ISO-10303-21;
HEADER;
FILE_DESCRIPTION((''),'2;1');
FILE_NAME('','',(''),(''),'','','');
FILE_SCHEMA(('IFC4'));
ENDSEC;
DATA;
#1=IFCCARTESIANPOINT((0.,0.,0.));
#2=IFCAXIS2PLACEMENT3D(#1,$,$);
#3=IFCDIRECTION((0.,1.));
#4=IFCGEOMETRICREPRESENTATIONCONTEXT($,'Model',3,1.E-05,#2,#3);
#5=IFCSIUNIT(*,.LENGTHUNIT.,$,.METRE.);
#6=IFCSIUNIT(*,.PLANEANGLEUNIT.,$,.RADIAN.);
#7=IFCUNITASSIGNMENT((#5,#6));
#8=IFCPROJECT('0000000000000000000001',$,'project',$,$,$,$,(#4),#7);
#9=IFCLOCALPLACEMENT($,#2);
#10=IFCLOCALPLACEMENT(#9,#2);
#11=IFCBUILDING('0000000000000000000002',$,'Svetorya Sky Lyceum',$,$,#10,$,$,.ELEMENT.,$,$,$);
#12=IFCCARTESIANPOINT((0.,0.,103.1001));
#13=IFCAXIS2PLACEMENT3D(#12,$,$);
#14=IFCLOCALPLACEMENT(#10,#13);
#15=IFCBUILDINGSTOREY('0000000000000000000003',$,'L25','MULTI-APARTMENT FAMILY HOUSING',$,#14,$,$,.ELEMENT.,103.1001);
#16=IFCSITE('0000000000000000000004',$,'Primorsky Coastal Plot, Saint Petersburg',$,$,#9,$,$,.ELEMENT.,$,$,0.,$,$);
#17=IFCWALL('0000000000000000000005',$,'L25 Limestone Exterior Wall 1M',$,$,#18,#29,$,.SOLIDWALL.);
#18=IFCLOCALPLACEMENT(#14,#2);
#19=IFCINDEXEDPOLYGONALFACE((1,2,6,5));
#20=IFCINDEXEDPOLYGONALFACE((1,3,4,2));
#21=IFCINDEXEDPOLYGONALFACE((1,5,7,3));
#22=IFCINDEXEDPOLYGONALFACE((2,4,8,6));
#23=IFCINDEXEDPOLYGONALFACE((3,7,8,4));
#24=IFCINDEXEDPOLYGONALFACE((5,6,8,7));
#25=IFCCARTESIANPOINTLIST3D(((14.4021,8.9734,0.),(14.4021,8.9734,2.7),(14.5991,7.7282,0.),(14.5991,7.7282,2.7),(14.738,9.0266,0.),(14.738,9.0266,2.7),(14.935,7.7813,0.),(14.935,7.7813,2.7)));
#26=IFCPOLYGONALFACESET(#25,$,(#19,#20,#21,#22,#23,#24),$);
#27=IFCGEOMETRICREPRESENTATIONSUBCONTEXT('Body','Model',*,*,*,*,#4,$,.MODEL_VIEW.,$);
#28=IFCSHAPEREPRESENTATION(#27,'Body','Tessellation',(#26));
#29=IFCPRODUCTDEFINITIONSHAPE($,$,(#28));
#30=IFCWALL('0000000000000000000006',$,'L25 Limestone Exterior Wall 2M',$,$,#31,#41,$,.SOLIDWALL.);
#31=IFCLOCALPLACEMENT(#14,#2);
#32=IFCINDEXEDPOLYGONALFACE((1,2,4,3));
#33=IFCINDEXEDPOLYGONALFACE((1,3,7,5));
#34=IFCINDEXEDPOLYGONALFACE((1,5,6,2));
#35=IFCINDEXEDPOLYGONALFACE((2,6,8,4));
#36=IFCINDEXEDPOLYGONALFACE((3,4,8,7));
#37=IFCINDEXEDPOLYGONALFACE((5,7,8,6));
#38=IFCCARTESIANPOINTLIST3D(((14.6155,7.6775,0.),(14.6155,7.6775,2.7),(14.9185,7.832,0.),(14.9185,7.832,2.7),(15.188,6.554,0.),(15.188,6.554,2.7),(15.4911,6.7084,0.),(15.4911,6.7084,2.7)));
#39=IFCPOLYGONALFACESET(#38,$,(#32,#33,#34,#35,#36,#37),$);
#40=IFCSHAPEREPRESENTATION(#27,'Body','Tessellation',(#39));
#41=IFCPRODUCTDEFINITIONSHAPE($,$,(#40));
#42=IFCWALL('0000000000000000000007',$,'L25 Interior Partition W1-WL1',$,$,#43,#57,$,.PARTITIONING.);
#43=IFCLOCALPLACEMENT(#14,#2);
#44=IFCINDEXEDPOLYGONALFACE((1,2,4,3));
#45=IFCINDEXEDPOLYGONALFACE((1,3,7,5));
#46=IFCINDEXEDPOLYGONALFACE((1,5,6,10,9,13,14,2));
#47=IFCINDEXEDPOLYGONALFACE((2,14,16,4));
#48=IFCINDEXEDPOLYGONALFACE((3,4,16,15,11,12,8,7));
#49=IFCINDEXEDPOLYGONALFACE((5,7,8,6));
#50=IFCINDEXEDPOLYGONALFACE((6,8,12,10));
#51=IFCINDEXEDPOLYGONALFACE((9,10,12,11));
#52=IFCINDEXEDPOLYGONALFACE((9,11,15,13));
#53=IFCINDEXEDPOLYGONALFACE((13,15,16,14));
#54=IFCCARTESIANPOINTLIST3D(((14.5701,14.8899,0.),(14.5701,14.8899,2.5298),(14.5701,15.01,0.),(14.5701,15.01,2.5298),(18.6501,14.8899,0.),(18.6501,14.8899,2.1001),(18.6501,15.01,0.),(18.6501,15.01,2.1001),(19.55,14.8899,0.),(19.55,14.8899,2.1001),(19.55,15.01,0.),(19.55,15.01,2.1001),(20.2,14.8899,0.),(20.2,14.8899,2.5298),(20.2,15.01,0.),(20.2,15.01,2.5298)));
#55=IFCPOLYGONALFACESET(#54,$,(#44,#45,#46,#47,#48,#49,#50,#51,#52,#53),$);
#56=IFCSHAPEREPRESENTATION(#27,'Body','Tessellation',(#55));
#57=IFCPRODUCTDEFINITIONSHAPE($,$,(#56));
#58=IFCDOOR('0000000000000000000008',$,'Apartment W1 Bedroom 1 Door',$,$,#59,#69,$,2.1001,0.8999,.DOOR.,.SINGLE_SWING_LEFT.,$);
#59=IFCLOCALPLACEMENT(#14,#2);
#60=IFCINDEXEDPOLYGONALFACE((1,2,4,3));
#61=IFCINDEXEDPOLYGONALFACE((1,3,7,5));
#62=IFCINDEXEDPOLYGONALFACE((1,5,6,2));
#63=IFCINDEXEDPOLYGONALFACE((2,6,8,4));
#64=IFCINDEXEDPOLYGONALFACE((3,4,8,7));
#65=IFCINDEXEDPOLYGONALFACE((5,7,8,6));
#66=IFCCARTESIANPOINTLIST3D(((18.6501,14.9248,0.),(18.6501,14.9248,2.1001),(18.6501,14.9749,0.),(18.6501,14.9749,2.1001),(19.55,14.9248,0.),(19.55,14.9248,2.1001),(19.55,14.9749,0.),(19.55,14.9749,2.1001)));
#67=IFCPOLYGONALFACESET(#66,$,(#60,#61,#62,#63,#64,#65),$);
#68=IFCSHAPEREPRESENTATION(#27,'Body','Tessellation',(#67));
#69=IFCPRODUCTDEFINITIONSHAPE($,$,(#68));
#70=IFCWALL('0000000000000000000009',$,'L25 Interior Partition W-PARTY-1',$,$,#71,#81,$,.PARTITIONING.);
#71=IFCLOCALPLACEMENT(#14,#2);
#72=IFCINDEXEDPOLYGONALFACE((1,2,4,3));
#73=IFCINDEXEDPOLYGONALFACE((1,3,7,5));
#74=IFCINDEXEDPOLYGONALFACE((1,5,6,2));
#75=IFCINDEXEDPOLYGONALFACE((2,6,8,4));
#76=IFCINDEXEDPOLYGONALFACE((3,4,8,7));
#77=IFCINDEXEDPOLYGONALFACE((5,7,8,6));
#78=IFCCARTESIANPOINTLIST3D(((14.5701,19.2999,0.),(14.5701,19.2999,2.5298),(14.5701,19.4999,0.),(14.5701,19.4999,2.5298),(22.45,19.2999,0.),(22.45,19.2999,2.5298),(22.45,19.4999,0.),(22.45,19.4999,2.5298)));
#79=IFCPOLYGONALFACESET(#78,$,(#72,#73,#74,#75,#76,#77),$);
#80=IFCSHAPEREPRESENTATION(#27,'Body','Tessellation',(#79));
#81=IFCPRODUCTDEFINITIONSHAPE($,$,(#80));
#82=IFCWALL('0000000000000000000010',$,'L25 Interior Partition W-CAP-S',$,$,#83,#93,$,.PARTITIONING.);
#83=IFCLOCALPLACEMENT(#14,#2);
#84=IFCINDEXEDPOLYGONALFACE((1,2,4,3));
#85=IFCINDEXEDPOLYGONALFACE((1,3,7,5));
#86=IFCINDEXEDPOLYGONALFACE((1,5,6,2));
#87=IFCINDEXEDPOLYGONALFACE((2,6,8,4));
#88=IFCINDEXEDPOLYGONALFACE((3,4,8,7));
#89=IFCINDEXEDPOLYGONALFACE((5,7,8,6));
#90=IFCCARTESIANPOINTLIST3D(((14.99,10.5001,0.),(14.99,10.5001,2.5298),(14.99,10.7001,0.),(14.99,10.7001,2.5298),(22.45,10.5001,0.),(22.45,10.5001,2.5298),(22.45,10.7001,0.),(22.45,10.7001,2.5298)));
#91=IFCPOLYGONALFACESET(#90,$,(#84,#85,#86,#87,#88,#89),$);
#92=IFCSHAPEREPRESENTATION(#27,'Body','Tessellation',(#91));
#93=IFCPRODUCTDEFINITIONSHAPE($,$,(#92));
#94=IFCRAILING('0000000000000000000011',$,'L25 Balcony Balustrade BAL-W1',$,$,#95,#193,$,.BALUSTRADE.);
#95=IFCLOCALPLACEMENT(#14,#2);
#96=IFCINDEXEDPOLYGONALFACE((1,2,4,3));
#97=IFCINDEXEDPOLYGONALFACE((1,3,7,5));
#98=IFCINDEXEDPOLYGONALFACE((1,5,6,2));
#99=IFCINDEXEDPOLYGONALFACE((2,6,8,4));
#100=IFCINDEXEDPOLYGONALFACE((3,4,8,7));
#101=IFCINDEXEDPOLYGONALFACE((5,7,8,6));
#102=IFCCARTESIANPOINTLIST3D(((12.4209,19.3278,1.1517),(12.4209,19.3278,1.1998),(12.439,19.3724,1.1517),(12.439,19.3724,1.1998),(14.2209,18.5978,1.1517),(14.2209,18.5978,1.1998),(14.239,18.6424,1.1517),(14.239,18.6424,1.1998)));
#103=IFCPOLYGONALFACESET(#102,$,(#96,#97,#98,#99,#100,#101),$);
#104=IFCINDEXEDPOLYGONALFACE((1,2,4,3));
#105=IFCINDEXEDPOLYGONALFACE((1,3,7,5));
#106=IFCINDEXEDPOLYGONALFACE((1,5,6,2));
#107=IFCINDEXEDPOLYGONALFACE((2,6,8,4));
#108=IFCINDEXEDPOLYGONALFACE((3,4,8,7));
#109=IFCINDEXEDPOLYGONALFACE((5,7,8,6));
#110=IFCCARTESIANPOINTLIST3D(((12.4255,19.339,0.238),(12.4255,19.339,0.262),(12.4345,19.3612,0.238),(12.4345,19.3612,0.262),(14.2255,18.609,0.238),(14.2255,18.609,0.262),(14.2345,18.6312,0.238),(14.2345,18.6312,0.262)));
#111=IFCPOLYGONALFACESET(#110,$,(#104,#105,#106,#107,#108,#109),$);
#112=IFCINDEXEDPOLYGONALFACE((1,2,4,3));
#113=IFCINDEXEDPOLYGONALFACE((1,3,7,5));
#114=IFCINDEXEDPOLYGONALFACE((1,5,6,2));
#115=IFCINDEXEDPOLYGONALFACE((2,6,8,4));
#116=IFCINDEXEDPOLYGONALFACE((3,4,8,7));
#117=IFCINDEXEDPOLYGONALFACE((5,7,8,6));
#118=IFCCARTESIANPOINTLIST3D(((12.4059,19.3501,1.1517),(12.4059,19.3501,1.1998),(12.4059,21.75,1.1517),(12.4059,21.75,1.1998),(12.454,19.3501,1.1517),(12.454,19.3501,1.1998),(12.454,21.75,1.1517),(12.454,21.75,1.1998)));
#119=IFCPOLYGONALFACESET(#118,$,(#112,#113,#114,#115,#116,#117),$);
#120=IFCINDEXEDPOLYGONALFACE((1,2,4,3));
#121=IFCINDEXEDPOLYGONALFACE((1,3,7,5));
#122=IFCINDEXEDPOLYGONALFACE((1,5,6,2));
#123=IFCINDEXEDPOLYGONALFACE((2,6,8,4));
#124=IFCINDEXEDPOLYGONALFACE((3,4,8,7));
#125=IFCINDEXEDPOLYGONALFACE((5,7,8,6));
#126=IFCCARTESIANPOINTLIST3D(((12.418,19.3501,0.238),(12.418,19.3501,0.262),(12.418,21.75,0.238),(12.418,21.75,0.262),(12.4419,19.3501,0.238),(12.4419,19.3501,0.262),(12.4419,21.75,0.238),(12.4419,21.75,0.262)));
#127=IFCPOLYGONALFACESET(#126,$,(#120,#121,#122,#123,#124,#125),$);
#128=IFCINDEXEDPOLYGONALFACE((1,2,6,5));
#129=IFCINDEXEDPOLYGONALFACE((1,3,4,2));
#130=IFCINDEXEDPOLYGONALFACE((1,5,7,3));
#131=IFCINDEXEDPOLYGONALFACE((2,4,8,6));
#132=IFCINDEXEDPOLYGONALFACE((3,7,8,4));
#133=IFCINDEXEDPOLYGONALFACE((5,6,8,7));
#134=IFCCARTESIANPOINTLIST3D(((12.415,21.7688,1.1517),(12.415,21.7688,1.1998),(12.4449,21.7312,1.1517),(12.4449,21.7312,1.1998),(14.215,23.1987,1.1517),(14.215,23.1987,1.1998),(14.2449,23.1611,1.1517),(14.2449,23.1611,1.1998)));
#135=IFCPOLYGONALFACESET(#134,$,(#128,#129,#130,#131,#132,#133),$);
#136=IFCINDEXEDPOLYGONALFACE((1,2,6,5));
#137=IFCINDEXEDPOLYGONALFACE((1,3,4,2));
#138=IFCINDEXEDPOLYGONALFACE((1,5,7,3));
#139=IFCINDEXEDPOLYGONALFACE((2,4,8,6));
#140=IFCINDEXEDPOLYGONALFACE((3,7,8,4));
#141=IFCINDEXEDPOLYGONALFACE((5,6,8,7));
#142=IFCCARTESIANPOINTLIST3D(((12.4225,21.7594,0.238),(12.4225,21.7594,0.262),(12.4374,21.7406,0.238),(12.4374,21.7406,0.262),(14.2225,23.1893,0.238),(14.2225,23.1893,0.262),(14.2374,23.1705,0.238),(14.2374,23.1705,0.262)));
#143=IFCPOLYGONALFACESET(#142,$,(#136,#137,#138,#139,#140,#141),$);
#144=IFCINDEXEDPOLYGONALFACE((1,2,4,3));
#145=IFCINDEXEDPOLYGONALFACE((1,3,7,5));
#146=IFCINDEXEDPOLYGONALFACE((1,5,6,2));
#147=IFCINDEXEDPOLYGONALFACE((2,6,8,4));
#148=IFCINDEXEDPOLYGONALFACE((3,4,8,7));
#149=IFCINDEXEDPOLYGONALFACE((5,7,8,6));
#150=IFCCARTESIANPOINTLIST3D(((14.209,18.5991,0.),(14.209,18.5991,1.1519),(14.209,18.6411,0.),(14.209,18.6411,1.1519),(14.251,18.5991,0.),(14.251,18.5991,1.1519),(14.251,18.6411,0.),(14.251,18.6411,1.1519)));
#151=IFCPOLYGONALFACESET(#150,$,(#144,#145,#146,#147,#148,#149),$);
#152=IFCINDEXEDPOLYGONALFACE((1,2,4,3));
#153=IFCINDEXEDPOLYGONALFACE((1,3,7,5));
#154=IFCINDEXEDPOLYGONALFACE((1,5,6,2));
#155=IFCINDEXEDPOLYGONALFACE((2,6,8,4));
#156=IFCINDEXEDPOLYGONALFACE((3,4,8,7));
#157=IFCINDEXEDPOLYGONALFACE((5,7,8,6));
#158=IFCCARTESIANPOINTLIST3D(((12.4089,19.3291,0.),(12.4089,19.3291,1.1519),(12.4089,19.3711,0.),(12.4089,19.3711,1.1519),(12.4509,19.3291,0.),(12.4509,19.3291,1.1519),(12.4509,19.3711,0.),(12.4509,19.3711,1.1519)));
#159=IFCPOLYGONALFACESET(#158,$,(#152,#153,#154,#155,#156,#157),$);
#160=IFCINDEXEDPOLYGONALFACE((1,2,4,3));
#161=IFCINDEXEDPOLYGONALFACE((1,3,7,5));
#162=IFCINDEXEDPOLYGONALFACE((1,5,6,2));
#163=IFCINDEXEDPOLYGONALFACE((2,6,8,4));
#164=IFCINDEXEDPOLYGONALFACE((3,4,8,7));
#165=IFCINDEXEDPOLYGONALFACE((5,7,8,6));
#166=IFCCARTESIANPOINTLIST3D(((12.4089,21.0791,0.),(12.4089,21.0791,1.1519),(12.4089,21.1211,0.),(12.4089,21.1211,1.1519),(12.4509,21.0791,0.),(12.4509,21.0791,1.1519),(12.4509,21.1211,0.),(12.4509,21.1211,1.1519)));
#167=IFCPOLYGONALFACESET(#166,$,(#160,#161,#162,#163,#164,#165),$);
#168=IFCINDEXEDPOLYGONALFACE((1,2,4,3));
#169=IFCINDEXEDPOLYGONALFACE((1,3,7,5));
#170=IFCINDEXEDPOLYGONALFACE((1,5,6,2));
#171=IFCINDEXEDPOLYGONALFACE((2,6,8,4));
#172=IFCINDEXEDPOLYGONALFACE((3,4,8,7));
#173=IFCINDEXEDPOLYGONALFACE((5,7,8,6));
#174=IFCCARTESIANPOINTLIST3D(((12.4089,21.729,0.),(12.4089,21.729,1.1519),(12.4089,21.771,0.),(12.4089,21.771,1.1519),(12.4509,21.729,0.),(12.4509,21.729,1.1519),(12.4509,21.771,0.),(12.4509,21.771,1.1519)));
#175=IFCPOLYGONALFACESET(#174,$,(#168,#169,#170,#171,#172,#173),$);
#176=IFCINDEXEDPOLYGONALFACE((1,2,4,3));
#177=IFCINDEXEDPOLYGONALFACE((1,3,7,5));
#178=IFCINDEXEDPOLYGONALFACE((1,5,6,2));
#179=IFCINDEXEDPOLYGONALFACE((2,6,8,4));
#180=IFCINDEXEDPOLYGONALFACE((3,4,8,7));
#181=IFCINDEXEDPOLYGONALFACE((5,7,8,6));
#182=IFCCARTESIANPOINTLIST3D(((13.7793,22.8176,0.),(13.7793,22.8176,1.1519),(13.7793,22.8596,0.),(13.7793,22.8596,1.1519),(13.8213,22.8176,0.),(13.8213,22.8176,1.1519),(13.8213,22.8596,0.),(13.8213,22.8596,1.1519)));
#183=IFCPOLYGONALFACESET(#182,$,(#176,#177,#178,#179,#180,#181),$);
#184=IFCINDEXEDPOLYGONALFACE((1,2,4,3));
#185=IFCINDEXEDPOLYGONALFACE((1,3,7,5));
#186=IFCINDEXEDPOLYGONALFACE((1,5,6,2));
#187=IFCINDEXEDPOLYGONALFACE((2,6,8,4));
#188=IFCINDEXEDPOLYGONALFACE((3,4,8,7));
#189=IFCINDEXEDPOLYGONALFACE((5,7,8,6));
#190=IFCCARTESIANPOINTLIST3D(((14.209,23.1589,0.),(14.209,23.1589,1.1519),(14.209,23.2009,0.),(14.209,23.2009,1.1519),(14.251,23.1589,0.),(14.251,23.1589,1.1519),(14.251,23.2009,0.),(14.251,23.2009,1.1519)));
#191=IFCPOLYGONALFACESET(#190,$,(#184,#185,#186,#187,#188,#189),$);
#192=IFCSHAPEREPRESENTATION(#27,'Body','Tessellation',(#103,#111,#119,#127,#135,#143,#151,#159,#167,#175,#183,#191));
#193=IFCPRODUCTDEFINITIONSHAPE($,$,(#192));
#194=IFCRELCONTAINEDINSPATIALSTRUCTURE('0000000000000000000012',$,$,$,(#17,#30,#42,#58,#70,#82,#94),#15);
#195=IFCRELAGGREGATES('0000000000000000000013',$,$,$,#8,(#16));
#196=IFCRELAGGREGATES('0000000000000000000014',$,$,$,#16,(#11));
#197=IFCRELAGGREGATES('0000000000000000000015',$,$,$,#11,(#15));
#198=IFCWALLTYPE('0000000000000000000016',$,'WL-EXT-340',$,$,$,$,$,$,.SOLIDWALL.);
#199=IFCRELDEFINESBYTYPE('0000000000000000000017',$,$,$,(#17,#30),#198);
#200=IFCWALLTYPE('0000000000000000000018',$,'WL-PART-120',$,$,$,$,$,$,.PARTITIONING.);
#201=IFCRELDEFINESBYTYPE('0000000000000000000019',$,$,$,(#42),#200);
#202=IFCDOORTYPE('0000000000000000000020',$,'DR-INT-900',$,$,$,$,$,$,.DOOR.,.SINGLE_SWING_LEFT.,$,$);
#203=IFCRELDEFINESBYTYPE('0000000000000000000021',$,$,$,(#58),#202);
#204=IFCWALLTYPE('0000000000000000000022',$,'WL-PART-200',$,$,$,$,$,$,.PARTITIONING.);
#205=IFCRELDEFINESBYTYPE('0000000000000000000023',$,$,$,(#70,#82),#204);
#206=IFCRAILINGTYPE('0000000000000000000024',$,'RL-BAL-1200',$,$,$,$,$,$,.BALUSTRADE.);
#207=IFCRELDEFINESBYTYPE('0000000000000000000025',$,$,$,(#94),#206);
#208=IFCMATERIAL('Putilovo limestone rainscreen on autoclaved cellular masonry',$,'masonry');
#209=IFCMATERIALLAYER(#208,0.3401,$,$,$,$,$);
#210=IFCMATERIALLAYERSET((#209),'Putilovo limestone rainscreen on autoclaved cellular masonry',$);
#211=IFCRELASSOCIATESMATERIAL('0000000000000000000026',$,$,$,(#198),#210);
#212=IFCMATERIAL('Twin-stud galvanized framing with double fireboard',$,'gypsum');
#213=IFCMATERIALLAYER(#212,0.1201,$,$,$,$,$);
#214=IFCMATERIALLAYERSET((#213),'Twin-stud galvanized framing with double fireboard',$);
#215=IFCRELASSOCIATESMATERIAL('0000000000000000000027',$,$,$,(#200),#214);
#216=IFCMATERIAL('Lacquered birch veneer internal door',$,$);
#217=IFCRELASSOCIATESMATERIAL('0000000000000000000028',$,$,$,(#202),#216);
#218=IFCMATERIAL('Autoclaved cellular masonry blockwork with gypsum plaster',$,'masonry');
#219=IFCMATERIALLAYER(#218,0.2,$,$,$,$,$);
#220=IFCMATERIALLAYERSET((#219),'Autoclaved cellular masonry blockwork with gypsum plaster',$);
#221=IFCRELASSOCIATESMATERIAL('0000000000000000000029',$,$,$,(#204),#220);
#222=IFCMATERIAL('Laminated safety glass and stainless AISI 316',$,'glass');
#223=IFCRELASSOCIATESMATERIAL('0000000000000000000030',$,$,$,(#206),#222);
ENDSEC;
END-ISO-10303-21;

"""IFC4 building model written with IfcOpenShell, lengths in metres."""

from ifc_helpers import new_model, si_unit, direction, frame, frame_2d, origin, origin_2d, place, context, subcontext, project, spatial, rectangle, extrude, material, layer, layer_set, type_object, element, fill, save


model = new_model("IFC4")

# Units and contexts
model_context = context("Model", 3, precision=1e-05, world=origin(), true_north=direction((0.0, 1.0)))
body_context = subcontext(model_context, "Body", "Model", "MODEL_VIEW")
ifc_project = project(units=[si_unit("LENGTHUNIT", "METRE"), si_unit("PLANEANGLEUNIT", "RADIAN")], contexts=[model_context])

# Site, building, storey
site_placement = place(None, origin())
site = spatial("IfcSite", under=ifc_project, at=site_placement, Name="Primorsky Coastal Plot, Saint Petersburg", CompositionType="ELEMENT", RefElevation=0.0)
building_placement = place(site_placement, origin())
building = spatial("IfcBuilding", under=site, at=building_placement, Name="Svetorya Sky Lyceum", CompositionType="ELEMENT")
storey_placement = place(building_placement, frame((0.0, 0.0, 103.1001)))
storey = spatial("IfcBuildingStorey", under=building, at=storey_placement, Name="L25", Description="MULTI-APARTMENT FAMILY HOUSING", CompositionType="ELEMENT", Elevation=103.1001)

# Walls
ifc_material_1 = material(Name="Putilovo limestone rainscreen on autoclaved cellular masonry", Category="masonry")
ifc_layer_1 = layer(ifc_material_1, 0.3401)
ifc_layer_set_1 = layer_set([ifc_layer_1], Name="Putilovo limestone rainscreen on autoclaved cellular masonry")
wall_type_1 = type_object("IfcWallType", Name="WL-EXT-340", PredefinedType="SOLIDWALL", material=ifc_layer_set_1)
wall_1_placement = place(storey_placement, frame((14.5701, 9.0, 0.0), z_axis=(0.0, 0.0, 1.0), x_axis=(0.156261, -0.987716, 0.0)))
element("IfcWall", 1, at=wall_1_placement, inside=storey, type_object=wall_type_1, Name="L25 Limestone Exterior Wall 1M", PredefinedType="SOLIDWALL", context=body_context, shape_type="SweptSolid", body=[
    extrude(rectangle(XDim=1.2607, YDim=0.3401, at=frame_2d((0.6304, 0.0))), origin(), (0.0, 0.0, 1.0), 2.7),
])
wall_2_placement = place(storey_placement, frame((14.7671, 7.7546, 0.0), z_axis=(0.0, 0.0, 1.0), x_axis=(0.454016, -0.890994, 0.0)))
element("IfcWall", 2, at=wall_2_placement, inside=storey, type_object=wall_type_1, Name="L25 Limestone Exterior Wall 2M", PredefinedType="SOLIDWALL", context=body_context, shape_type="SweptSolid", body=[
    extrude(rectangle(XDim=1.261, YDim=0.3401, at=frame_2d((0.6304, 0.0))), origin(), (0.0, 0.0, 1.0), 2.7),
])

# Wall, opening, door
ifc_material_2 = material(Name="Twin-stud galvanized framing with double fireboard", Category="gypsum")
ifc_layer_2 = layer(ifc_material_2, 0.1201)
ifc_layer_set_2 = layer_set([ifc_layer_2], Name="Twin-stud galvanized framing with double fireboard")
wall_type_2 = type_object("IfcWallType", Name="WL-PART-120", PredefinedType="PARTITIONING", material=ifc_layer_set_2)
wall_3_placement = place(storey_placement, frame((14.5701, 14.95, 0.0), z_axis=(0.0, 0.0, 1.0), x_axis=(1.0, 0.0, 0.0)))
wall_3 = element("IfcWall", 3, at=wall_3_placement, inside=storey, type_object=wall_type_2, Name="L25 Interior Partition W1-WL1", PredefinedType="PARTITIONING", context=body_context, shape_type="SweptSolid", body=[
    extrude(rectangle(XDim=5.6299, YDim=0.1201, at=frame_2d((2.8149, 0.0))), origin(), (0.0, 0.0, 1.0), 2.5298),
])
opening_placement = place(wall_3_placement, frame((4.0801, 0.0, 0.0)))
opening = element("IfcOpeningElement", 4, at=opening_placement, cuts=wall_3, PredefinedType="OPENING", context=body_context, shape_type="SweptSolid", body=[
    extrude(rectangle(XDim=0.8999, YDim=2.1001, at=frame_2d((0.45, 1.05))), frame((0.0, 0.0701, 0.0), z_axis=(0.0, -1.0, 0.0), x_axis=(1.0, 0.0, 0.0)), (0.0, 0.0, 1.0), 0.1401),
])
ifc_material_3 = material(Name="Lacquered birch veneer internal door")
door_type = type_object("IfcDoorType", Name="DR-INT-900", OperationType="SINGLE_SWING_LEFT", PredefinedType="DOOR", material=ifc_material_3)
door_placement = place(opening_placement, origin())
door = element("IfcDoor", 5, at=door_placement, inside=storey, type_object=door_type, Name="Apartment W1 Bedroom 1 Door", OperationType="SINGLE_SWING_LEFT", OverallHeight=2.1001, OverallWidth=0.8999, PredefinedType="DOOR", context=body_context, shape_type="SweptSolid", body=[
    extrude(rectangle(XDim=0.8999, YDim=2.1001, at=frame_2d((0.45, 1.05))), frame((0.0, 0.0249, 0.0), z_axis=(0.0, -1.0, 0.0), x_axis=(1.0, 0.0, 0.0)), (0.0, 0.0, 1.0), 0.05),
])
fill(opening, door)

# Walls
ifc_material_4 = material(Name="Autoclaved cellular masonry blockwork with gypsum plaster", Category="masonry")
ifc_layer_3 = layer(ifc_material_4, 0.2)
ifc_layer_set_3 = layer_set([ifc_layer_3], Name="Autoclaved cellular masonry blockwork with gypsum plaster")
wall_type_3 = type_object("IfcWallType", Name="WL-PART-200", PredefinedType="PARTITIONING", material=ifc_layer_set_3)
wall_4_placement = place(storey_placement, frame((14.5701, 19.3999, 0.0), z_axis=(0.0, 0.0, 1.0), x_axis=(1.0, 0.0, 0.0)))
element("IfcWall", 6, at=wall_4_placement, inside=storey, type_object=wall_type_3, Name="L25 Interior Partition W-PARTY-1", PredefinedType="PARTITIONING", context=body_context, shape_type="SweptSolid", body=[
    extrude(rectangle(XDim=7.8799, YDim=0.2, at=frame_2d((3.9399, 0.0))), origin(), (0.0, 0.0, 1.0), 2.5298),
])
wall_5_placement = place(storey_placement, frame((14.99, 10.6001, 0.0), z_axis=(0.0, 0.0, 1.0), x_axis=(1.0, 0.0, 0.0)))
element("IfcWall", 7, at=wall_5_placement, inside=storey, type_object=wall_type_3, Name="L25 Interior Partition W-CAP-S", PredefinedType="PARTITIONING", context=body_context, shape_type="SweptSolid", body=[
    extrude(rectangle(XDim=7.46, YDim=0.2, at=frame_2d((3.73, 0.0))), origin(), (0.0, 0.0, 1.0), 2.5298),
])

# Railing
ifc_material_5 = material(Name="Laminated safety glass and stainless AISI 316", Category="glass")
railing_type = type_object("IfcRailingType", Name="RL-BAL-1200", PredefinedType="BALUSTRADE", material=ifc_material_5)
railing_placement = place(storey_placement, frame((14.23, 18.6201, 0.0)))
element("IfcRailing", 8, at=railing_placement, inside=storey, type_object=railing_type, Name="L25 Balcony Balustrade BAL-W1", PredefinedType="BALUSTRADE", context=body_context, shape_type="SweptSolid", body=[
    extrude(rectangle(XDim=0.0481, YDim=0.0481, at=origin_2d()), frame((0.0, 0.0, 1.1758), z_axis=(-0.926698, 0.375807, 0.0), x_axis=(-0.375807, -0.926698, 0.0)), (0.0, 0.0, 1.0), 1.9424),
    extrude(rectangle(XDim=0.0239, YDim=0.0239, at=origin_2d()), frame((0.0, 0.0, 0.25), z_axis=(-0.926698, 0.375807, 0.0), x_axis=(-0.375807, -0.926698, 0.0)), (0.0, 0.0, 1.0), 1.9424),
    extrude(rectangle(XDim=0.0481, YDim=0.0481, at=origin_2d()), frame((-1.8, 0.73, 1.1758), z_axis=(0.0, 1.0, 0.0), x_axis=(-1.0, 0.0, 0.0)), (0.0, 0.0, 1.0), 2.3999),
    extrude(rectangle(XDim=0.0239, YDim=0.0239, at=origin_2d()), frame((-1.8, 0.73, 0.25), z_axis=(0.0, 1.0, 0.0), x_axis=(-1.0, 0.0, 0.0)), (0.0, 0.0, 1.0), 2.3999),
    extrude(rectangle(XDim=0.0481, YDim=0.0481, at=origin_2d()), frame((-1.8, 3.1299, 1.1758), z_axis=(0.783009, 0.62201, 0.0), x_axis=(-0.62201, 0.783009, 0.0)), (0.0, 0.0, 1.0), 2.2988),
    extrude(rectangle(XDim=0.0239, YDim=0.0239, at=origin_2d()), frame((-1.8, 3.1299, 0.25), z_axis=(0.783009, 0.62201, 0.0), x_axis=(-0.62201, 0.783009, 0.0)), (0.0, 0.0, 1.0), 2.2988),
    extrude(rectangle(XDim=0.042, YDim=0.042, at=origin_2d()), origin(), (0.0, 0.0, 1.0), 1.1519),
    extrude(rectangle(XDim=0.042, YDim=0.042, at=origin_2d()), frame((-1.8, 0.73, 0.0)), (0.0, 0.0, 1.0), 1.1519),
    extrude(rectangle(XDim=0.042, YDim=0.042, at=origin_2d()), frame((-1.8, 2.48, 0.0)), (0.0, 0.0, 1.0), 1.1519),
    extrude(rectangle(XDim=0.042, YDim=0.042, at=origin_2d()), frame((-1.8, 3.1299, 0.0)), (0.0, 0.0, 1.0), 1.1519),
    extrude(rectangle(XDim=0.042, YDim=0.042, at=origin_2d()), frame((-0.4297, 4.2185, 0.0)), (0.0, 0.0, 1.0), 1.1519),
    extrude(rectangle(XDim=0.042, YDim=0.042, at=origin_2d()), frame((0.0, 4.5598, 0.0)), (0.0, 0.0, 1.0), 1.1519),
])

save(model, "model.ifc")
